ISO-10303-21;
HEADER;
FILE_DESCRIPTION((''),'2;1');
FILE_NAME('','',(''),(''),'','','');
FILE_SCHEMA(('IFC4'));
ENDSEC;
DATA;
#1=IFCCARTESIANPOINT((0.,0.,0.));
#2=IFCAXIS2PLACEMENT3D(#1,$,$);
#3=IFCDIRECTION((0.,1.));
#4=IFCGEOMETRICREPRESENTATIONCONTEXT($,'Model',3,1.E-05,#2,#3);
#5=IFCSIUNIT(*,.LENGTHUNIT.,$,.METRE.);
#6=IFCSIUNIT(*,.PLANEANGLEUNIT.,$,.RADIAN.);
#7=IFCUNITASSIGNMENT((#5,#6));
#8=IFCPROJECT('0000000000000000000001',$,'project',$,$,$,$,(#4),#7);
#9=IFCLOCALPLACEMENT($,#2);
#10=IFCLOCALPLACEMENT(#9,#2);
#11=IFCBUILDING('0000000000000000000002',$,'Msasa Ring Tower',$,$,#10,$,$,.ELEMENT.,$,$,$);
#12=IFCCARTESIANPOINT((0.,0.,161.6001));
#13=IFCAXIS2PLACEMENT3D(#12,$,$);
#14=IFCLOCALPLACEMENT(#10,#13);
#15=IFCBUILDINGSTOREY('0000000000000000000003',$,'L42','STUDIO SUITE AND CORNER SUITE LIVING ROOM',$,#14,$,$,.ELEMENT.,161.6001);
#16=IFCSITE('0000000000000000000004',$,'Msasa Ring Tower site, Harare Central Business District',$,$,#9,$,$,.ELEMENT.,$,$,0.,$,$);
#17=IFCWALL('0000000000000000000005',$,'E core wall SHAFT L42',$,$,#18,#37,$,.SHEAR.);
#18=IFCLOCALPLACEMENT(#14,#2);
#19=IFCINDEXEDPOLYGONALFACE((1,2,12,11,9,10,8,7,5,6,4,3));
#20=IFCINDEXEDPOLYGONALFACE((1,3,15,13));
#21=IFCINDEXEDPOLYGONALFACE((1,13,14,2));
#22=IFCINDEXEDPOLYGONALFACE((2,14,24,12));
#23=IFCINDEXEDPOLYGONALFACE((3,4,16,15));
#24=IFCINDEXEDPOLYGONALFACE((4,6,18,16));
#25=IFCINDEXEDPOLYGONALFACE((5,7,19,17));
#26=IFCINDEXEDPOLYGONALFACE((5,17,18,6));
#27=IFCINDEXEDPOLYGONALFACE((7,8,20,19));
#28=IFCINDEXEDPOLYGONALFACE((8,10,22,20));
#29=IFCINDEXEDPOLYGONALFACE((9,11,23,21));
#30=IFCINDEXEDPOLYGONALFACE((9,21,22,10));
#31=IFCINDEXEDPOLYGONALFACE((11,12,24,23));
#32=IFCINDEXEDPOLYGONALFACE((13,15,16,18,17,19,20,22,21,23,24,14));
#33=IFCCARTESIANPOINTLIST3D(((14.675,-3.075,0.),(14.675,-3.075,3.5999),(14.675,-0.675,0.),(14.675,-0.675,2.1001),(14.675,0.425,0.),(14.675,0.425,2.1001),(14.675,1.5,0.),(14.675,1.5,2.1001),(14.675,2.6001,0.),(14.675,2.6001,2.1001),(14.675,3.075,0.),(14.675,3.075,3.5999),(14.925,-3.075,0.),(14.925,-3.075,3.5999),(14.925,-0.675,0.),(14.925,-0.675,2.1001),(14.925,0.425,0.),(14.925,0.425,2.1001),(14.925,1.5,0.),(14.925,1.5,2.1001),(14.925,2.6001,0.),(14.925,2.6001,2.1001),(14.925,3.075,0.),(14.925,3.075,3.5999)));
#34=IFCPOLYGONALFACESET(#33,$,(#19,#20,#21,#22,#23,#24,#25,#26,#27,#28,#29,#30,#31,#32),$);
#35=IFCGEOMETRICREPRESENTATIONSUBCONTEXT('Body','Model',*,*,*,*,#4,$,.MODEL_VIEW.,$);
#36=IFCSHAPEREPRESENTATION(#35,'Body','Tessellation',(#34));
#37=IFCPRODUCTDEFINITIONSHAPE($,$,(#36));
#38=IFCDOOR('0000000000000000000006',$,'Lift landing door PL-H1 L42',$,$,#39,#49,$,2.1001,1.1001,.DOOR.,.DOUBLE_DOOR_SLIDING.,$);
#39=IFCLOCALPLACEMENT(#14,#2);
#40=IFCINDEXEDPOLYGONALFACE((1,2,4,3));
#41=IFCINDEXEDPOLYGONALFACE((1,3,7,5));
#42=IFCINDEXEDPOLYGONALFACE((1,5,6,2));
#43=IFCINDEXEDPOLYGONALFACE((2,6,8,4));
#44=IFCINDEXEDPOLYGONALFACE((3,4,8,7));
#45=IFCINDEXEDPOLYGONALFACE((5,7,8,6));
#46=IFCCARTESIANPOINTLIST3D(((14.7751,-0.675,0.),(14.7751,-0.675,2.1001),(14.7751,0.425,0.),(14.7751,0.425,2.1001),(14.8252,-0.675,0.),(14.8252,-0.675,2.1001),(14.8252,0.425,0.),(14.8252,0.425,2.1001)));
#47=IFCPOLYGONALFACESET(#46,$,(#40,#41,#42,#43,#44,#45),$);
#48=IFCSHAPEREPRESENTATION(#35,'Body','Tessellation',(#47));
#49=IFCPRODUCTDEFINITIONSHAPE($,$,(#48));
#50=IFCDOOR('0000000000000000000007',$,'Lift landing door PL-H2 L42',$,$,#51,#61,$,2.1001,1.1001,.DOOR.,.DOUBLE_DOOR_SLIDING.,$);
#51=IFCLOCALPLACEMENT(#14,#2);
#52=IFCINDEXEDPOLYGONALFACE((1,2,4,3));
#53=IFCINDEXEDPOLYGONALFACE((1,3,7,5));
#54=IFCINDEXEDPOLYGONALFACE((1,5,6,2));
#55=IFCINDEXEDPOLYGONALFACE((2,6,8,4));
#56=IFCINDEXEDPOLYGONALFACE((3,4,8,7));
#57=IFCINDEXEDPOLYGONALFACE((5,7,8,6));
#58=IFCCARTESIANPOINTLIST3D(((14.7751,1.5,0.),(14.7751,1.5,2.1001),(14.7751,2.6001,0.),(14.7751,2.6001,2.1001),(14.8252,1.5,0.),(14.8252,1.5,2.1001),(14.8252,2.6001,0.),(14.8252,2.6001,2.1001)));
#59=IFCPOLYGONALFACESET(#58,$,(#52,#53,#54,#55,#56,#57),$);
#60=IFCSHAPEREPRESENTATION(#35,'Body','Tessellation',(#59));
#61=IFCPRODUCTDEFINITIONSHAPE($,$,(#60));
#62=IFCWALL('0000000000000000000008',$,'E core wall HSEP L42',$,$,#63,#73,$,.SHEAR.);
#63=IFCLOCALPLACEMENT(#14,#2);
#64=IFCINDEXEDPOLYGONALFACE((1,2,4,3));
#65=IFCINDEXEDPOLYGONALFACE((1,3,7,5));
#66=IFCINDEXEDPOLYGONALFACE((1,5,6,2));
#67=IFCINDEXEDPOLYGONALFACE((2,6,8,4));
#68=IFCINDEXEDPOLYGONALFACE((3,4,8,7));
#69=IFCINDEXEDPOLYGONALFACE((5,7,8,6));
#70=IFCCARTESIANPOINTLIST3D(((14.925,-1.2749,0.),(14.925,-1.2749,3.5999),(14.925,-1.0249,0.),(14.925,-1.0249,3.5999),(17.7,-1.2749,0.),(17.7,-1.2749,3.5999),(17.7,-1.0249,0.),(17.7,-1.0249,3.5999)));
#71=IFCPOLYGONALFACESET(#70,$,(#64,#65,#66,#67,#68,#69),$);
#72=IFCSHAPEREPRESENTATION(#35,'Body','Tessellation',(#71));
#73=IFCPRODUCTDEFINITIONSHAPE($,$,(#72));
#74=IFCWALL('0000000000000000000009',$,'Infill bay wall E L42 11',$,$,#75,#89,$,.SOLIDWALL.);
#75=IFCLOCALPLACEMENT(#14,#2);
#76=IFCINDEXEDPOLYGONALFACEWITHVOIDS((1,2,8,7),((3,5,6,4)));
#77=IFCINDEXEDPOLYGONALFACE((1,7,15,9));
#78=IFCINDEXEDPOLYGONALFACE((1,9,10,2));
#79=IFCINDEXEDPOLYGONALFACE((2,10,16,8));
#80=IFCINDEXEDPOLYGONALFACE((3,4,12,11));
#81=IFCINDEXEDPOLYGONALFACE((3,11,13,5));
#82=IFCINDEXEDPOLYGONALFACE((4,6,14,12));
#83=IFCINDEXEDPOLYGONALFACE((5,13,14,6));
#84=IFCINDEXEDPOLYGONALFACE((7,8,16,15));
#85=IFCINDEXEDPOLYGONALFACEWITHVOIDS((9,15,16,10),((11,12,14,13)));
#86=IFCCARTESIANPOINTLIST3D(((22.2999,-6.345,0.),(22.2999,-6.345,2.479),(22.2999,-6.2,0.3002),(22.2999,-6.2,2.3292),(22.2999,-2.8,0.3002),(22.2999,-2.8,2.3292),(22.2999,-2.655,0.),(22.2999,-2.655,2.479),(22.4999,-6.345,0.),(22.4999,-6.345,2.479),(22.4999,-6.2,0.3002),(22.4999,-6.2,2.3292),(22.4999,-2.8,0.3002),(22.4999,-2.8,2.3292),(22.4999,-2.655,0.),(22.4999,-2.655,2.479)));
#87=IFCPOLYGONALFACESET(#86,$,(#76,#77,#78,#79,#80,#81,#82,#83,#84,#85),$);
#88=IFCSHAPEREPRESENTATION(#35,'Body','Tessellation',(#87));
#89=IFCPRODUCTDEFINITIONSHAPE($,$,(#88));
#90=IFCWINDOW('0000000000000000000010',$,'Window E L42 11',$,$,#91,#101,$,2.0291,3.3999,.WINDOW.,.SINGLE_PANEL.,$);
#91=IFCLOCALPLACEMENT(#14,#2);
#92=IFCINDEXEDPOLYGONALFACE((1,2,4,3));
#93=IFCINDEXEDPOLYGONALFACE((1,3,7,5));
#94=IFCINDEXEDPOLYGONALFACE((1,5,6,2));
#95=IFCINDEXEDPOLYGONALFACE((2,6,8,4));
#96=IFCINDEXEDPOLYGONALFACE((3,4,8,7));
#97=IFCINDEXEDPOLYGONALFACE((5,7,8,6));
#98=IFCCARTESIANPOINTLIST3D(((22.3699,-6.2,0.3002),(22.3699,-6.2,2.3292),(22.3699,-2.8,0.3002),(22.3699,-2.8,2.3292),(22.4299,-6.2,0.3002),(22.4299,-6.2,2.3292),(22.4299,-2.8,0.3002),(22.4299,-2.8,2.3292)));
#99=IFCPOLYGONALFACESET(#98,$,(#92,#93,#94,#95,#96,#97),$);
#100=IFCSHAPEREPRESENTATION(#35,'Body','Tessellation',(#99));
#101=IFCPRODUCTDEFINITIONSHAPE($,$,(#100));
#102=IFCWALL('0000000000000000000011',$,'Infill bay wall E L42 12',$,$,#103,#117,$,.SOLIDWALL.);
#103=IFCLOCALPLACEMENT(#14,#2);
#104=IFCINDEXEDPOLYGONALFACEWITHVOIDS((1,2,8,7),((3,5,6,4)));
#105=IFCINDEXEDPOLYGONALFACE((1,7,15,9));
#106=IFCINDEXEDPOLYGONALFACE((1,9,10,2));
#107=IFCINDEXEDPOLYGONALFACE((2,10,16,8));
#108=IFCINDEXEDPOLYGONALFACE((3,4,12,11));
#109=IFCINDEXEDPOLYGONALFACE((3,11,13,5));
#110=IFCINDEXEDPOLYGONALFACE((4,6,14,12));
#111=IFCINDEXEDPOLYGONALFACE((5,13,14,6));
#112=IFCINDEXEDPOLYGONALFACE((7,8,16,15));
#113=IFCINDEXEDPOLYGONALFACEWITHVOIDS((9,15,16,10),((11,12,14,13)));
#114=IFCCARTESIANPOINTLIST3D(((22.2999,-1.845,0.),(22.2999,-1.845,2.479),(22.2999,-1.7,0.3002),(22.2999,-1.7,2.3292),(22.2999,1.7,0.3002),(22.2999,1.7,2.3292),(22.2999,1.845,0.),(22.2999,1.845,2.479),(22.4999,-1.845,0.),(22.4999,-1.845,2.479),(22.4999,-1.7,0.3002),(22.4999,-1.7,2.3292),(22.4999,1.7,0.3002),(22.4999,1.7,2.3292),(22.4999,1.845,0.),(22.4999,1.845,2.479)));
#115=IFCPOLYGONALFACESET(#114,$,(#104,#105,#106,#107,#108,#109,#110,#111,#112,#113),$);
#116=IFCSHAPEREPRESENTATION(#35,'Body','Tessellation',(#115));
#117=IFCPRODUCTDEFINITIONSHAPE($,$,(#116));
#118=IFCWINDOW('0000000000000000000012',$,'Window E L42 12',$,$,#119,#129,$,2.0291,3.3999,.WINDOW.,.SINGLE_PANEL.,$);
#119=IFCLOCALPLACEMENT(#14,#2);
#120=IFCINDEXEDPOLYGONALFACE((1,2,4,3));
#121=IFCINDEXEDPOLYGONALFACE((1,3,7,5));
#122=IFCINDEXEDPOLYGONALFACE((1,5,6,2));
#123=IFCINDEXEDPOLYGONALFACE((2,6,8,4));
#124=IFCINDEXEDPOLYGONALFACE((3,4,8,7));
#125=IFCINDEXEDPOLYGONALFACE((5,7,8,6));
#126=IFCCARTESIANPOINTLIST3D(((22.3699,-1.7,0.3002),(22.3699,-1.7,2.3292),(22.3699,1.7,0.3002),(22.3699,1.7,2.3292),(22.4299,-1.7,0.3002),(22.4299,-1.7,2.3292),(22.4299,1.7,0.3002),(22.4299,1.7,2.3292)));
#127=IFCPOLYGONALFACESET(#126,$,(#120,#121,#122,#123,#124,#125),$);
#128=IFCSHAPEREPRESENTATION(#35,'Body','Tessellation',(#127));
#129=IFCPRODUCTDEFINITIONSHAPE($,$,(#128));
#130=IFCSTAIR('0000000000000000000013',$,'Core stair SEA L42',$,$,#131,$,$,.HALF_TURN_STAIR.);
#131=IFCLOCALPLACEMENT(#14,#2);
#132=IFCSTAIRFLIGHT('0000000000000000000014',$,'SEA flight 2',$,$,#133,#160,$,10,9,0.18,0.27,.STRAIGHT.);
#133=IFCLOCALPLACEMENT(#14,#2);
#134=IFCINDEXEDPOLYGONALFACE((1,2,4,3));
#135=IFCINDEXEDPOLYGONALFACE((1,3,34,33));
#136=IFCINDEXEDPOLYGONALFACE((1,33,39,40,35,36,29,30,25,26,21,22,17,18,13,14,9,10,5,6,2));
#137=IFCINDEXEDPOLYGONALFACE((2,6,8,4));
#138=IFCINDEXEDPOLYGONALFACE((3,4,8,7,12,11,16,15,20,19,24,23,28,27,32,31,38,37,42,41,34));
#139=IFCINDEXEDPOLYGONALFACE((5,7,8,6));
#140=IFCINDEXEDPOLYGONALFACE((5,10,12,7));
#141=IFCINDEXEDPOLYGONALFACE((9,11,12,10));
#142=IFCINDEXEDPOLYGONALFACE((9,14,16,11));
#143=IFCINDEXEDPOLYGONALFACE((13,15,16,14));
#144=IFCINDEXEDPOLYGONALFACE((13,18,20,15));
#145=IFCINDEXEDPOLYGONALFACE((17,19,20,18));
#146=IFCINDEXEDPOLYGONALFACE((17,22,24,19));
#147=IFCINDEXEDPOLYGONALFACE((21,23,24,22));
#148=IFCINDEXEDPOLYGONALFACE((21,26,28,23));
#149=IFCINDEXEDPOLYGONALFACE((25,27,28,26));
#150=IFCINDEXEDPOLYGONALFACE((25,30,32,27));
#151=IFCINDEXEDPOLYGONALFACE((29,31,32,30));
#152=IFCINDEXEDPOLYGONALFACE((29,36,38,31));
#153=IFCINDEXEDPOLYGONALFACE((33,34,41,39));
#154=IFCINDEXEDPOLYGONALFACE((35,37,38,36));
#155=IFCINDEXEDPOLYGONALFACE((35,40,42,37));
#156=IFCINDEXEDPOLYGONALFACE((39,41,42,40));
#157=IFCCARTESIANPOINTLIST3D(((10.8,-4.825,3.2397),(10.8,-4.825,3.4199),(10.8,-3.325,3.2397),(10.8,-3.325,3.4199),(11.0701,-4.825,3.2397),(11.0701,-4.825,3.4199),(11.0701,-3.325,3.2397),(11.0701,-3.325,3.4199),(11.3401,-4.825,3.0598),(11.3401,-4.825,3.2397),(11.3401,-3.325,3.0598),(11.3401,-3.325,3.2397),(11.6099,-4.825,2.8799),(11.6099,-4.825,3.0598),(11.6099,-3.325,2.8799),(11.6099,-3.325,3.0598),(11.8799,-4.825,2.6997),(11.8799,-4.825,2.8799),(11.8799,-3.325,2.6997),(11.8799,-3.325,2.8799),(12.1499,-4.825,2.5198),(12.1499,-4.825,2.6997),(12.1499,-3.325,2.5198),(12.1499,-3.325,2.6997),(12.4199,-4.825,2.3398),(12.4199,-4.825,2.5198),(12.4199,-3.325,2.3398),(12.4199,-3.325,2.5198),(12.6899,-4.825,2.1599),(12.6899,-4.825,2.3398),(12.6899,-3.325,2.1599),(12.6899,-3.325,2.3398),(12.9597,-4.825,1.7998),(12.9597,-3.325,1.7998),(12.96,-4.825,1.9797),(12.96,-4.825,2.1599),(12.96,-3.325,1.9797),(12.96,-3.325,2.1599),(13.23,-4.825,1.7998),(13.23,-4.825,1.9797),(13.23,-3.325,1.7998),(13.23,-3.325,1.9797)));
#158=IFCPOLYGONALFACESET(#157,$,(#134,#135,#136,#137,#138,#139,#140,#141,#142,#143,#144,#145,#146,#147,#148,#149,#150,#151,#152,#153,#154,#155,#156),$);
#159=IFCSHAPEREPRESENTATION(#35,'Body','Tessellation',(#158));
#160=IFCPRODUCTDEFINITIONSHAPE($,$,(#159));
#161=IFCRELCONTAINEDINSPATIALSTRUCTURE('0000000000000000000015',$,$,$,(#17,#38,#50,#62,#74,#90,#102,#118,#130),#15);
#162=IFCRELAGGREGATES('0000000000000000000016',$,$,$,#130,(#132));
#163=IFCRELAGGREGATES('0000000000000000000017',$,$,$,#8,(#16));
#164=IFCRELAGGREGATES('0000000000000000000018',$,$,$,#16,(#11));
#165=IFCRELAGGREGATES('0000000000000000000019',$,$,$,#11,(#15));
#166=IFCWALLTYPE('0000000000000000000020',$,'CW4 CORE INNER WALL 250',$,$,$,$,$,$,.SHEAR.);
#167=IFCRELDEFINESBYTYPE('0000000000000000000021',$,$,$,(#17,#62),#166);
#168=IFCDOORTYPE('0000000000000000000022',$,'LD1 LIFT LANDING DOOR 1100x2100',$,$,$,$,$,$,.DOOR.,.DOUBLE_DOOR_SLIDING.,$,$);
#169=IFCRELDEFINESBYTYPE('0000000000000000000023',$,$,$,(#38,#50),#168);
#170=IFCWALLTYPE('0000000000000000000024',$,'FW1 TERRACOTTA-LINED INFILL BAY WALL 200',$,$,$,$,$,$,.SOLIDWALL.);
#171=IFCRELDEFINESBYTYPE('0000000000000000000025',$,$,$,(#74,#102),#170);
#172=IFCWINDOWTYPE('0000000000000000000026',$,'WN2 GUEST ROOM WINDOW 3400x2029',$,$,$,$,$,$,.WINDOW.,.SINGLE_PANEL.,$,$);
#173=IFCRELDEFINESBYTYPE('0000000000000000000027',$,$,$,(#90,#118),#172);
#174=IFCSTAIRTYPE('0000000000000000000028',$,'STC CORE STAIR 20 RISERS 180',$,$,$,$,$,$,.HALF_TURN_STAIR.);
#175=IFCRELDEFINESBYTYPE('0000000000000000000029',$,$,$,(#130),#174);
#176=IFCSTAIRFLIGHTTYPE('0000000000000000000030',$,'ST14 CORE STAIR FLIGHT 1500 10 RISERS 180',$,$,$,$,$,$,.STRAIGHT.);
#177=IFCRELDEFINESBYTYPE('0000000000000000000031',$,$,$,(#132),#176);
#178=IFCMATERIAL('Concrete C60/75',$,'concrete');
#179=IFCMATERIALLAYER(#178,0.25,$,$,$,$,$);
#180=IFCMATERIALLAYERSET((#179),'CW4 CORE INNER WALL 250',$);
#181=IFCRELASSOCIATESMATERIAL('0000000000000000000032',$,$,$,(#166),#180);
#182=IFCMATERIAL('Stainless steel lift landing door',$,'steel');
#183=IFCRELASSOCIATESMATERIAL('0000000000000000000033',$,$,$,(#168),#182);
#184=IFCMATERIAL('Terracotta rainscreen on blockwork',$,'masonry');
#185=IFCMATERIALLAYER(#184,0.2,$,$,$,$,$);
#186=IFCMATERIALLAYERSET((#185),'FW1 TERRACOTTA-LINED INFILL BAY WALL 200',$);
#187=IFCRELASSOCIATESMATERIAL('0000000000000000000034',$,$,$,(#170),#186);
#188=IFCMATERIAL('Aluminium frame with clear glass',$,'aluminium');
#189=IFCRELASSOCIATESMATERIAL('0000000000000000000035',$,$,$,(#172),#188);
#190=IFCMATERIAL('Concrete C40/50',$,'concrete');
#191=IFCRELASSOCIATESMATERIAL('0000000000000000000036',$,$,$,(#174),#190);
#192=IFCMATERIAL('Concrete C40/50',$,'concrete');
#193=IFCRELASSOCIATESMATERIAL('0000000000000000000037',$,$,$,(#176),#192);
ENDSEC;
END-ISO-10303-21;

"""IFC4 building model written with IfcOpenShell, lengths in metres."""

from ifc_helpers import new_model, si_unit, direction, frame, frame_2d, origin, place, context, subcontext, project, spatial, polyline, rectangle, outline, extrude, material, layer, layer_set, type_object, element, fill, aggregate, save


model = new_model("IFC4")

# Units and contexts
model_context = context("Model", 3, precision=1e-05, world=origin(), true_north=direction((0.0, 1.0)))
body_context = subcontext(model_context, "Body", "Model", "MODEL_VIEW")
ifc_project = project(units=[si_unit("LENGTHUNIT", "METRE"), si_unit("PLANEANGLEUNIT", "RADIAN")], contexts=[model_context])

# Site, building, storey
site_placement = place(None, origin())
site = spatial("IfcSite", under=ifc_project, at=site_placement, Name="Msasa Ring Tower site, Harare Central Business District", CompositionType="ELEMENT", RefElevation=0.0)
building_placement = place(site_placement, origin())
building = spatial("IfcBuilding", under=site, at=building_placement, Name="Msasa Ring Tower", CompositionType="ELEMENT")
storey_placement = place(building_placement, frame((0.0, 0.0, 161.6001)))
storey = spatial("IfcBuildingStorey", under=building, at=storey_placement, Name="L42", Description="STUDIO SUITE AND CORNER SUITE LIVING ROOM", CompositionType="ELEMENT", Elevation=161.6001)

# Shared definitions
ifc_material_1 = material(Name="Concrete C60/75", Category="concrete")
ifc_layer_1 = layer(ifc_material_1, 0.25)
ifc_layer_set_1 = layer_set([ifc_layer_1], Name="CW4 CORE INNER WALL 250")
wall_type_1 = type_object("IfcWallType", Name="CW4 CORE INNER WALL 250", PredefinedType="SHEAR", material=ifc_layer_set_1)

# Wall, openings, doors
wall_1_placement = place(storey_placement, frame((14.8, -3.075, 0.0), z_axis=(0.0, 0.0, 1.0), x_axis=(0.0, 1.0, 0.0)))
wall_1 = element("IfcWall", 1, at=wall_1_placement, inside=storey, type_object=wall_type_1, Name="E core wall SHAFT L42", PredefinedType="SHEAR", context=body_context, shape_type="SweptSolid", body=[
    extrude(rectangle(XDim=6.1499, YDim=0.25, at=frame_2d((3.075, 0.0))), origin(), (0.0, 0.0, 1.0), 3.5999),
])
opening_1_placement = place(wall_1_placement, frame((2.3999, 0.0, 0.0)))
opening_1 = element("IfcOpeningElement", 2, at=opening_1_placement, cuts=wall_1, PredefinedType="OPENING", context=body_context, shape_type="SweptSolid", body=[
    extrude(rectangle(XDim=1.1001, YDim=2.1001, at=frame_2d((0.55, 1.05))), frame((0.0, 0.135, 0.0), z_axis=(0.0, -1.0, 0.0), x_axis=(1.0, 0.0, 0.0)), (0.0, 0.0, 1.0), 0.27),
])
opening_2_placement = place(wall_1_placement, frame((4.575, 0.0, 0.0)))
opening_2 = element("IfcOpeningElement", 3, at=opening_2_placement, cuts=wall_1, PredefinedType="OPENING", context=body_context, shape_type="SweptSolid", body=[
    extrude(rectangle(XDim=1.1001, YDim=2.1001, at=frame_2d((0.55, 1.05))), frame((0.0, 0.135, 0.0), z_axis=(0.0, -1.0, 0.0), x_axis=(1.0, 0.0, 0.0)), (0.0, 0.0, 1.0), 0.27),
])
ifc_material_2 = material(Name="Stainless steel lift landing door", Category="steel")
door_type = type_object("IfcDoorType", Name="LD1 LIFT LANDING DOOR 1100x2100", OperationType="DOUBLE_DOOR_SLIDING", PredefinedType="DOOR", material=ifc_material_2)
door_1_placement = place(opening_1_placement, origin())
door_1 = element("IfcDoor", 4, at=door_1_placement, inside=storey, type_object=door_type, Name="Lift landing door PL-H1 L42", OperationType="DOUBLE_DOOR_SLIDING", OverallHeight=2.1001, OverallWidth=1.1001, PredefinedType="DOOR", context=body_context, shape_type="SweptSolid", body=[
    extrude(rectangle(XDim=1.1001, YDim=2.1001, at=frame_2d((0.55, 1.05))), frame((0.0, 0.0249, 0.0), z_axis=(0.0, -1.0, 0.0), x_axis=(1.0, 0.0, 0.0)), (0.0, 0.0, 1.0), 0.05),
])
fill(opening_1, door_1)
door_2_placement = place(opening_2_placement, origin())
door_2 = element("IfcDoor", 5, at=door_2_placement, inside=storey, type_object=door_type, Name="Lift landing door PL-H2 L42", OperationType="DOUBLE_DOOR_SLIDING", OverallHeight=2.1001, OverallWidth=1.1001, PredefinedType="DOOR", context=body_context, shape_type="SweptSolid", body=[
    extrude(rectangle(XDim=1.1001, YDim=2.1001, at=frame_2d((0.55, 1.05))), frame((0.0, 0.0249, 0.0), z_axis=(0.0, -1.0, 0.0), x_axis=(1.0, 0.0, 0.0)), (0.0, 0.0, 1.0), 0.05),
])
fill(opening_2, door_2)

# Wall
wall_2_placement = place(storey_placement, frame((14.925, -1.1499, 0.0), z_axis=(0.0, 0.0, 1.0), x_axis=(1.0, 0.0, 0.0)))
element("IfcWall", 6, at=wall_2_placement, inside=storey, type_object=wall_type_1, Name="E core wall HSEP L42", PredefinedType="SHEAR", context=body_context, shape_type="SweptSolid", body=[
    extrude(rectangle(XDim=2.7749, YDim=0.25, at=frame_2d((1.3875, 0.0))), origin(), (0.0, 0.0, 1.0), 3.5999),
])

# Walls, openings, windows
ifc_material_3 = material(Name="Terracotta rainscreen on blockwork", Category="masonry")
ifc_layer_2 = layer(ifc_material_3, 0.2)
ifc_layer_set_2 = layer_set([ifc_layer_2], Name="FW1 TERRACOTTA-LINED INFILL BAY WALL 200")
wall_type_2 = type_object("IfcWallType", Name="FW1 TERRACOTTA-LINED INFILL BAY WALL 200", PredefinedType="SOLIDWALL", material=ifc_layer_set_2)
wall_3_placement = place(storey_placement, frame((22.3999, -6.345, 0.0), z_axis=(0.0, 0.0, 1.0), x_axis=(0.0, 1.0, 0.0)))
wall_3 = element("IfcWall", 7, at=wall_3_placement, inside=storey, type_object=wall_type_2, Name="Infill bay wall E L42 11", PredefinedType="SOLIDWALL", context=body_context, shape_type="SweptSolid", body=[
    extrude(rectangle(XDim=3.6899, YDim=0.2, at=frame_2d((1.845, 0.0))), origin(), (0.0, 0.0, 1.0), 2.479),
])
opening_3_placement = place(wall_3_placement, frame((0.145, 0.0, 0.3)))
opening_3 = element("IfcOpeningElement", 8, at=opening_3_placement, cuts=wall_3, PredefinedType="OPENING", context=body_context, shape_type="SweptSolid", body=[
    extrude(rectangle(XDim=3.3999, YDim=2.0291, at=frame_2d((1.7, 1.0146))), frame((0.0, 0.1099, 0.0), z_axis=(0.0, -1.0, 0.0), x_axis=(1.0, 0.0, 0.0)), (0.0, 0.0, 1.0), 0.22),
])
ifc_material_4 = material(Name="Aluminium frame with clear glass", Category="aluminium")
window_type = type_object("IfcWindowType", Name="WN2 GUEST ROOM WINDOW 3400x2029", PartitioningType="SINGLE_PANEL", PredefinedType="WINDOW", material=ifc_material_4)
window_1_placement = place(opening_3_placement, origin())
window_1 = element("IfcWindow", 9, at=window_1_placement, inside=storey, type_object=window_type, Name="Window E L42 11", OverallHeight=2.0291, OverallWidth=3.3999, PartitioningType="SINGLE_PANEL", PredefinedType="WINDOW", context=body_context, shape_type="SweptSolid", body=[
    extrude(rectangle(XDim=3.3999, YDim=2.0291, at=frame_2d((1.7, 1.0146))), frame((0.0, 0.03, 0.0), z_axis=(0.0, -1.0, 0.0), x_axis=(1.0, 0.0, 0.0)), (0.0, 0.0, 1.0), 0.0601),
])
fill(opening_3, window_1)
wall_4_placement = place(storey_placement, frame((22.3999, -1.845, 0.0), z_axis=(0.0, 0.0, 1.0), x_axis=(0.0, 1.0, 0.0)))
wall_4 = element("IfcWall", 10, at=wall_4_placement, inside=storey, type_object=wall_type_2, Name="Infill bay wall E L42 12", PredefinedType="SOLIDWALL", context=body_context, shape_type="SweptSolid", body=[
    extrude(rectangle(XDim=3.6899, YDim=0.2, at=frame_2d((1.845, 0.0))), origin(), (0.0, 0.0, 1.0), 2.479),
])
opening_4_placement = place(wall_4_placement, frame((0.145, 0.0, 0.3)))
opening_4 = element("IfcOpeningElement", 11, at=opening_4_placement, cuts=wall_4, PredefinedType="OPENING", context=body_context, shape_type="SweptSolid", body=[
    extrude(rectangle(XDim=3.3999, YDim=2.0291, at=frame_2d((1.7, 1.0146))), frame((0.0, 0.1099, 0.0), z_axis=(0.0, -1.0, 0.0), x_axis=(1.0, 0.0, 0.0)), (0.0, 0.0, 1.0), 0.22),
])
window_2_placement = place(opening_4_placement, origin())
window_2 = element("IfcWindow", 12, at=window_2_placement, inside=storey, type_object=window_type, Name="Window E L42 12", OverallHeight=2.0291, OverallWidth=3.3999, PartitioningType="SINGLE_PANEL", PredefinedType="WINDOW", context=body_context, shape_type="SweptSolid", body=[
    extrude(rectangle(XDim=3.3999, YDim=2.0291, at=frame_2d((1.7, 1.0146))), frame((0.0, 0.03, 0.0), z_axis=(0.0, -1.0, 0.0), x_axis=(1.0, 0.0, 0.0)), (0.0, 0.0, 1.0), 0.0601),
])
fill(opening_4, window_2)

# Stair, stair flight
ifc_material_5 = material(Name="Concrete C40/50", Category="concrete")
stair_type = type_object("IfcStairType", Name="STC CORE STAIR 20 RISERS 180", PredefinedType="HALF_TURN_STAIR", material=ifc_material_5)
stair_placement = place(storey_placement, origin())
stair = element("IfcStair", 13, at=stair_placement, inside=storey, type_object=stair_type, Name="Core stair SEA L42", PredefinedType="HALF_TURN_STAIR")
ifc_material_6 = material(Name="Concrete C40/50", Category="concrete")
stair_flight_type = type_object("IfcStairFlightType", Name="ST14 CORE STAIR FLIGHT 1500 10 RISERS 180", PredefinedType="STRAIGHT", material=ifc_material_6)
stair_flight_placement = place(storey_placement, frame((13.23, -4.075, 1.7998), z_axis=(0.0, 0.0, 1.0), x_axis=(-1.0, 0.0, 0.0)))
stair_flight = element("IfcStairFlight", 14, at=stair_flight_placement, type_object=stair_flight_type, Name="SEA flight 2", NumberOfRisers=10, NumberOfTreads=9, PredefinedType="STRAIGHT", RiserHeight=0.18, TreadLength=0.27, context=body_context, shape_type="SweptSolid", body=[
    extrude(outline(polyline([(0.0, 0.0), (0.0, 0.1799), (0.27, 0.1799), (0.27, 0.3601), (0.54, 0.3601), (0.54, 0.54), (0.8101, 0.54), (0.8101, 0.72), (1.0801, 0.72), (1.0801, 0.8999), (1.3501, 0.8999), (1.3501, 1.0801), (1.6201, 1.0801), (1.6201, 1.26), (1.8899, 1.26), (1.8899, 1.4399), (2.1599, 1.4399), (2.1599, 1.6201), (2.4299, 1.6201), (2.4299, 1.8), (2.4299, 1.4399), (0.2703, 0.0), (0.0, 0.0)])), frame((0.0, 0.75, 0.0), z_axis=(0.0, -1.0, 0.0), x_axis=(1.0, 0.0, 0.0)), (0.0, 0.0, 1.0), 1.5),
])
aggregate(stair, [stair_flight])

save(model, "model.ifc")
